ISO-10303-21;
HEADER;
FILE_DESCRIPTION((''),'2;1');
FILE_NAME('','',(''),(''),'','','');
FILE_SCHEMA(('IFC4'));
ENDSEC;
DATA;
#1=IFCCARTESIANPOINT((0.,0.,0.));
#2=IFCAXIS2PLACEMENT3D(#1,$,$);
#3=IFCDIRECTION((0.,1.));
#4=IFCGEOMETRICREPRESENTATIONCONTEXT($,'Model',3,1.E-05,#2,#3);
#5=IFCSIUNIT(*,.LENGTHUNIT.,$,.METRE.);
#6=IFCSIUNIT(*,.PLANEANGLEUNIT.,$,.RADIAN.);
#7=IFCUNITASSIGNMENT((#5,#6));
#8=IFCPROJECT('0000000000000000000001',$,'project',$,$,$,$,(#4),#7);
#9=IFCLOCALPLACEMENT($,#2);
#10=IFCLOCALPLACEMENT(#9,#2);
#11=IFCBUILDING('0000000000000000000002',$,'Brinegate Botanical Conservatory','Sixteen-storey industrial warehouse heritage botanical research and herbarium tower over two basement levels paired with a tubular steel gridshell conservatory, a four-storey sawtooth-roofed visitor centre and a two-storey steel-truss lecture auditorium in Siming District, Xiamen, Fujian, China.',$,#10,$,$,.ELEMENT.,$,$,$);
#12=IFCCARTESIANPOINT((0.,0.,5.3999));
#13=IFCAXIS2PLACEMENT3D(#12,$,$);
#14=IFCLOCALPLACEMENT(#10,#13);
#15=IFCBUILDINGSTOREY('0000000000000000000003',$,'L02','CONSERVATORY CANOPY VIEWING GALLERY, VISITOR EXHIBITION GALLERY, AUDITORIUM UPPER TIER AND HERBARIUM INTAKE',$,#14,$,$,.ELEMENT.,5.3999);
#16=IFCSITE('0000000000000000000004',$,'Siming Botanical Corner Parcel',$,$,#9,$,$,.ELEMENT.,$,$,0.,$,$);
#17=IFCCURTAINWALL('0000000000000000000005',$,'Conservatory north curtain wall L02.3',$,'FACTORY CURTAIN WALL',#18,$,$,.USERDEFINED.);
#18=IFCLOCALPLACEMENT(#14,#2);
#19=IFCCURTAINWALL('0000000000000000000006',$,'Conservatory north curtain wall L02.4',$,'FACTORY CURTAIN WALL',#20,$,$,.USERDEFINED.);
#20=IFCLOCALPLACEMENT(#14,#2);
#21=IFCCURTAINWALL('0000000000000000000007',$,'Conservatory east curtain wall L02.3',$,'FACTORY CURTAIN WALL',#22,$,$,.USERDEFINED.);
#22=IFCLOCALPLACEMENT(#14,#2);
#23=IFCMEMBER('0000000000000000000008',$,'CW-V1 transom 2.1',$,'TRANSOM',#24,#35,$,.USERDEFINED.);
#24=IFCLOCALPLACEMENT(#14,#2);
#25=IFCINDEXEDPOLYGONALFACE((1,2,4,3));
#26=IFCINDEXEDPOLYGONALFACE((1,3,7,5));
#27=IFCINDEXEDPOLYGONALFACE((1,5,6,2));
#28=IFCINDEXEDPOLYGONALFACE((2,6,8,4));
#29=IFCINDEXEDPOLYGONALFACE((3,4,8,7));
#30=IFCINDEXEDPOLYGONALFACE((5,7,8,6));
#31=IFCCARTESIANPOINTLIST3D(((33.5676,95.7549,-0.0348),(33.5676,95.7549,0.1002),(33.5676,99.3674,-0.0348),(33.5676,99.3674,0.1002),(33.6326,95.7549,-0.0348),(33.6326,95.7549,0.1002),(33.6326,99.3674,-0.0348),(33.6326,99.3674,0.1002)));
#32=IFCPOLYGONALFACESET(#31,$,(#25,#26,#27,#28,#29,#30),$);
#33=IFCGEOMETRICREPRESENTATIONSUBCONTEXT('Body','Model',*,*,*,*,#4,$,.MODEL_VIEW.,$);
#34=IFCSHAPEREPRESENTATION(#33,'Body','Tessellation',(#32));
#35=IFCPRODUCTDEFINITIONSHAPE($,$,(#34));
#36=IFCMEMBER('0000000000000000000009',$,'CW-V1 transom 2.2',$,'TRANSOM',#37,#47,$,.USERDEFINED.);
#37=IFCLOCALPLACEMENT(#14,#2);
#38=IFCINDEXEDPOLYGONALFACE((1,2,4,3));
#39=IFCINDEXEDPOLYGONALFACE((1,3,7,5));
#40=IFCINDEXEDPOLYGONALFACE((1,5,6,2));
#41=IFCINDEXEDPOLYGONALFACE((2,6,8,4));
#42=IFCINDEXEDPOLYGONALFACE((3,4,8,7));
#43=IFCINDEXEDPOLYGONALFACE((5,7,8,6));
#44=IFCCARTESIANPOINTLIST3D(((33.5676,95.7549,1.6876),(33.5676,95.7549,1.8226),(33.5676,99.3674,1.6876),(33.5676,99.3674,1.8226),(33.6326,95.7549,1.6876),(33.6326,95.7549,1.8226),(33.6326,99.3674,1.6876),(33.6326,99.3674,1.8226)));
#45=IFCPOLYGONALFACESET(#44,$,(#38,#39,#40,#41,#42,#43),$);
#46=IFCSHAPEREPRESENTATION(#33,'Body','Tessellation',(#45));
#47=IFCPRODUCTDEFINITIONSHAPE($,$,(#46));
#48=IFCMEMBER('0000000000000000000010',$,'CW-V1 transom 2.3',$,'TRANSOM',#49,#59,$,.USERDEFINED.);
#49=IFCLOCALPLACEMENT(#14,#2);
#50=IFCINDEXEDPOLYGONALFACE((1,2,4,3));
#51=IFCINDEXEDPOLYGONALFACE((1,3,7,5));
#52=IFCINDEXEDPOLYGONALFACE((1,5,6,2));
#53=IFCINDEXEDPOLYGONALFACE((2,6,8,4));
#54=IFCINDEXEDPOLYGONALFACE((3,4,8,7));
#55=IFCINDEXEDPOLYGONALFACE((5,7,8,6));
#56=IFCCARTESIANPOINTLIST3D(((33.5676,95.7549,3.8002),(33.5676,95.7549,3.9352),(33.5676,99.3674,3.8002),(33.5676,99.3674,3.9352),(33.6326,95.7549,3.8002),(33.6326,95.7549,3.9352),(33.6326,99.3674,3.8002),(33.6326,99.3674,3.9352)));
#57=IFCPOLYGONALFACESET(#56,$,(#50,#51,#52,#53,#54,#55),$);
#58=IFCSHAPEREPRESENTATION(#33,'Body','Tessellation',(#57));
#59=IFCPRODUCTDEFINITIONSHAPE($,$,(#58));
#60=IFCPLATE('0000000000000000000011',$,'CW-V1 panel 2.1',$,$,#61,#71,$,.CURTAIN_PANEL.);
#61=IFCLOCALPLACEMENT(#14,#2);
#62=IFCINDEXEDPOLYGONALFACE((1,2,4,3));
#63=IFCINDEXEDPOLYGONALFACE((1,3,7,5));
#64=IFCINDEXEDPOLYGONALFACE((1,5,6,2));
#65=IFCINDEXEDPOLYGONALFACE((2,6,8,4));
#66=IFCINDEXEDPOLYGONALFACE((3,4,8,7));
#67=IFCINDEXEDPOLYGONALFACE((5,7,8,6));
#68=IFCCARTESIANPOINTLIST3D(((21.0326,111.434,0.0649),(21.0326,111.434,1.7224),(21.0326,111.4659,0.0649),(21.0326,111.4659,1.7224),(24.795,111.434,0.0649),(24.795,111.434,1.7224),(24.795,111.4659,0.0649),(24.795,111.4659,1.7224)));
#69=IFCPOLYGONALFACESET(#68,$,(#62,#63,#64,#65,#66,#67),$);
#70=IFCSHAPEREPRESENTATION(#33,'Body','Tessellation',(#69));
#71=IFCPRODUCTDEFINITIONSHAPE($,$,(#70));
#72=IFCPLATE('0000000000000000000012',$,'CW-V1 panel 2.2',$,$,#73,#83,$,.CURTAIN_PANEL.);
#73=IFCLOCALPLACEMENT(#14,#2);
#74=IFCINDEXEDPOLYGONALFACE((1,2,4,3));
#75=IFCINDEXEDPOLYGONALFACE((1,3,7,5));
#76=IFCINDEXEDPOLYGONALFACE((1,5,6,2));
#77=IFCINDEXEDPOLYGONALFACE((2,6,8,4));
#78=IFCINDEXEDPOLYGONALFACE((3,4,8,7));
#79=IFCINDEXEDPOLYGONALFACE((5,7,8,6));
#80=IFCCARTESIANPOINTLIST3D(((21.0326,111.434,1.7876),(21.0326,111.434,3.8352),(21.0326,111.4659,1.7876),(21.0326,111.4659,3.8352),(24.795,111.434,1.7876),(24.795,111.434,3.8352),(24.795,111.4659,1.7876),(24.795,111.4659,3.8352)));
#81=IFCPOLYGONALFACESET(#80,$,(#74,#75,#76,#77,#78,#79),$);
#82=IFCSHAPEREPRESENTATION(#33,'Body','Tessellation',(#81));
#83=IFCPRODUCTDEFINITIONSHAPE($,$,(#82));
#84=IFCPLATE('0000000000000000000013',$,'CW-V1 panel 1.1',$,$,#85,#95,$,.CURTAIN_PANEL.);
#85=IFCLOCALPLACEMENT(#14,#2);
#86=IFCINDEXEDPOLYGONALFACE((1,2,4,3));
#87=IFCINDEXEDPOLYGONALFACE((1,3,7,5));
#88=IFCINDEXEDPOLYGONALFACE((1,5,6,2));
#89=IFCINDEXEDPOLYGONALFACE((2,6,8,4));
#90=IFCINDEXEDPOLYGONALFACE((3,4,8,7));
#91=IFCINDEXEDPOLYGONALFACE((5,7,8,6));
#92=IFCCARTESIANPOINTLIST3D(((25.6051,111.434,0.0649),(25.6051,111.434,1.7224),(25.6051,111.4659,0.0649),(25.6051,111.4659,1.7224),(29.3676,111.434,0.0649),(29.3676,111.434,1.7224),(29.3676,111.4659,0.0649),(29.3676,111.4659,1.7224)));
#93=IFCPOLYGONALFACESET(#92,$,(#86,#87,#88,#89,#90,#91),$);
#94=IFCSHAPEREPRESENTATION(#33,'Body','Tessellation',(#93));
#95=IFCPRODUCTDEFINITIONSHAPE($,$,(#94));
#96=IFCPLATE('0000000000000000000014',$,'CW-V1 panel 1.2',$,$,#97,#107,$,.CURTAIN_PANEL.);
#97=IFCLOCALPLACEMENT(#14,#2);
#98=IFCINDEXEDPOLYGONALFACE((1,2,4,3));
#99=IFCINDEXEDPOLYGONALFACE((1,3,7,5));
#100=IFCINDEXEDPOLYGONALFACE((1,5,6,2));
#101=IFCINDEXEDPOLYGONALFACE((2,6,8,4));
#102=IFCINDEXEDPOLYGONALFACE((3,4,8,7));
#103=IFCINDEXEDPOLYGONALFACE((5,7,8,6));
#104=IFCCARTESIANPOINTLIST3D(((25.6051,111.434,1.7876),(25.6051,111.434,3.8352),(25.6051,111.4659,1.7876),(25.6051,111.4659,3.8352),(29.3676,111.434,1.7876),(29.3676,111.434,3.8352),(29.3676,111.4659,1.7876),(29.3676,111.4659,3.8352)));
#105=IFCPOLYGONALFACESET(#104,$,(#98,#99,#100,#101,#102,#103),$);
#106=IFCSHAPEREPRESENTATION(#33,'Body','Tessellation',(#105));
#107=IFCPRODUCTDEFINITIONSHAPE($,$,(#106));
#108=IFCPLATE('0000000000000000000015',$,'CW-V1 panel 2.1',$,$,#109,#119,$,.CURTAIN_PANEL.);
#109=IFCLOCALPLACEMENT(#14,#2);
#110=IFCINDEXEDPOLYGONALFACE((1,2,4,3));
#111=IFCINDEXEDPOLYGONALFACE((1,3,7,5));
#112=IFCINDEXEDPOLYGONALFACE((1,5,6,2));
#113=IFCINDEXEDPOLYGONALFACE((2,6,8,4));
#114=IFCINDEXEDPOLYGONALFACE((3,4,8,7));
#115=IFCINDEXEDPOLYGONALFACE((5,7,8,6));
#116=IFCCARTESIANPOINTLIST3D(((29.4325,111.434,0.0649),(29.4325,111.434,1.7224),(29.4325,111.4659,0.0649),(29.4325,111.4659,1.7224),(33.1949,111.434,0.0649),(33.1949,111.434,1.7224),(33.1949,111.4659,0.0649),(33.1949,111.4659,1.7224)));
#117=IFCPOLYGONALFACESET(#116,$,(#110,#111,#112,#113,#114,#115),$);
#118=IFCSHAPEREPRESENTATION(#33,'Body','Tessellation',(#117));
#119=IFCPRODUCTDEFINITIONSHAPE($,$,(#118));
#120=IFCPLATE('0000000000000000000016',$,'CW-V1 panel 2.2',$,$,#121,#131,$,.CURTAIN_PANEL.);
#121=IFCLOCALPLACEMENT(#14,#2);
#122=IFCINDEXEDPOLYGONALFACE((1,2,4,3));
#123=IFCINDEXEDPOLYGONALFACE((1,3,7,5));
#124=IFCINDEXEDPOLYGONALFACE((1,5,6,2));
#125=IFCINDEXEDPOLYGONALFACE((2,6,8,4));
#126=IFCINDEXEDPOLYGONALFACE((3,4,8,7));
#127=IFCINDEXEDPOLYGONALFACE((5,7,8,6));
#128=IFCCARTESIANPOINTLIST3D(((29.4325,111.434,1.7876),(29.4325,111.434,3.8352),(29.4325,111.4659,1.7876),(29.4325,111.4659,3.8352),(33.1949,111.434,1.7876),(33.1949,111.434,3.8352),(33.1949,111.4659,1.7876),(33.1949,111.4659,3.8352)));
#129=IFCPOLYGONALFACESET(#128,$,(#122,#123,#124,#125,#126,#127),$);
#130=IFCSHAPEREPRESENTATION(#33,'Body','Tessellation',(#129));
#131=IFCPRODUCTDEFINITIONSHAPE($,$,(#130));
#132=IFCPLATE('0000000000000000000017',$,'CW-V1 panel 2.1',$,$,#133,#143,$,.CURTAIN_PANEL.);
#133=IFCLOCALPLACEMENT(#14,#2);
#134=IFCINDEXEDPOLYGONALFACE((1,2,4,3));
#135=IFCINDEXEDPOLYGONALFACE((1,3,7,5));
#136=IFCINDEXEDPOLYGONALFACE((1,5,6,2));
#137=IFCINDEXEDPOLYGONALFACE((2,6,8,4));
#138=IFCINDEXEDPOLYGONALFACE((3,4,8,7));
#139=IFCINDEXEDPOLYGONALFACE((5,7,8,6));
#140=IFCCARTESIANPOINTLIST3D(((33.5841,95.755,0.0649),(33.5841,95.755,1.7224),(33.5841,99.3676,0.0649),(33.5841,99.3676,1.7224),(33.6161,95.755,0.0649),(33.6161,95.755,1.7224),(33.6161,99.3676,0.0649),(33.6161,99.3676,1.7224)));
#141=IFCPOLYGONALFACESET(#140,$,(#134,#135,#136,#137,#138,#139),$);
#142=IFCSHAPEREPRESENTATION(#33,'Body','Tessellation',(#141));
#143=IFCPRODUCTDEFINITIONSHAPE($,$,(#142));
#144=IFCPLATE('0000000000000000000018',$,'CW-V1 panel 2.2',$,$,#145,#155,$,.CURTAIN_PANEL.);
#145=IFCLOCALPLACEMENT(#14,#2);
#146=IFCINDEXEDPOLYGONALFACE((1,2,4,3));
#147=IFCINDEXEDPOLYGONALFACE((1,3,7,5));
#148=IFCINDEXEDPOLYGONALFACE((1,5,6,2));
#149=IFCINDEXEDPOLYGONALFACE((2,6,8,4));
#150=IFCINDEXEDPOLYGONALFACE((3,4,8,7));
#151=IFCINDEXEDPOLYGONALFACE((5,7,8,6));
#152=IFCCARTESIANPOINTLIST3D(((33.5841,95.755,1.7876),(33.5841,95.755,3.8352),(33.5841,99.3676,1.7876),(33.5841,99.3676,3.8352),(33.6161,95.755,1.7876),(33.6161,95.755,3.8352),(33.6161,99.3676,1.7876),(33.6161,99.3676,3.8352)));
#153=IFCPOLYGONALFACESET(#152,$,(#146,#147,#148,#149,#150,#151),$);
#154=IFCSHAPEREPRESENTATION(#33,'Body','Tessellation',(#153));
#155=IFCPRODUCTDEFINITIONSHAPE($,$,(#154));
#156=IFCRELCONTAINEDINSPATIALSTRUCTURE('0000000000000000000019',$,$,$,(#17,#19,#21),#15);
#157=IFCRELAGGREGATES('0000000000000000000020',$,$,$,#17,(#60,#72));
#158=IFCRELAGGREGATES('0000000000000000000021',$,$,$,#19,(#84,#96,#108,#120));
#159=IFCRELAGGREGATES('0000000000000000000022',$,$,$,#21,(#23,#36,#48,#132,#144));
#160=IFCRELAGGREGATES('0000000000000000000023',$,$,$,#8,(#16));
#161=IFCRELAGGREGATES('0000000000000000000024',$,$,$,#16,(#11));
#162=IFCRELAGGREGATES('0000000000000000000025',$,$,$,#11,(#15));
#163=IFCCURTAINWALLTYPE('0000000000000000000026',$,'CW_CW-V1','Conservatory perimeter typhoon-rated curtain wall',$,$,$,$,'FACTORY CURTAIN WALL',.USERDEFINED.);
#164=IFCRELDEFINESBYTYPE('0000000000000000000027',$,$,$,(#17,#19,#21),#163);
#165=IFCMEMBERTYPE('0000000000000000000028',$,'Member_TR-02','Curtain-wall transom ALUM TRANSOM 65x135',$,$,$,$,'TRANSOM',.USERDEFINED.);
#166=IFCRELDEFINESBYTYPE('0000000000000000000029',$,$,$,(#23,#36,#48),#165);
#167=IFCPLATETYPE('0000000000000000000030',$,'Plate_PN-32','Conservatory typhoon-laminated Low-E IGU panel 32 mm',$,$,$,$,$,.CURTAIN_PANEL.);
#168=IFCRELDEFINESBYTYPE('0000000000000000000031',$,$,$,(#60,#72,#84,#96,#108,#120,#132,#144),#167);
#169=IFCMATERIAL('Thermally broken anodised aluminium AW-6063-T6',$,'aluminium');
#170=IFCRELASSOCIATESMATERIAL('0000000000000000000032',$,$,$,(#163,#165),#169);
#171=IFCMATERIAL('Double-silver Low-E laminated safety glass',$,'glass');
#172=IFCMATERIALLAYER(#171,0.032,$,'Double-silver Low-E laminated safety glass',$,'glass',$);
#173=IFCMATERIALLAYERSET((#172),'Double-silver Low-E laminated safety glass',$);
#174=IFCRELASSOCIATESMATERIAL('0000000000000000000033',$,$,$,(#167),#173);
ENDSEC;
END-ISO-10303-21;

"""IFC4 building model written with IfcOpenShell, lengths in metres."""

from ifc_helpers import new_model, si_unit, direction, frame, origin, origin_2d, place, context, subcontext, project, spatial, rectangle, extrude, material, layer, layer_set, material_profile, profile_set, type_object, element, aggregate, save


model = new_model("IFC4")

# Units and contexts
model_context = context("Model", 3, precision=1e-05, world=origin(), true_north=direction((0.0, 1.0)))
body_context = subcontext(model_context, "Body", "Model", "MODEL_VIEW")
ifc_project = project(units=[si_unit("LENGTHUNIT", "METRE"), si_unit("PLANEANGLEUNIT", "RADIAN")], contexts=[model_context])

# Site, building, storey
site_placement = place(None, origin())
site = spatial("IfcSite", under=ifc_project, at=site_placement, Name="Siming Botanical Corner Parcel", CompositionType="ELEMENT", RefElevation=0.0)
building_placement = place(site_placement, origin())
building = spatial("IfcBuilding", under=site, at=building_placement, Name="Brinegate Botanical Conservatory", Description="Sixteen-storey industrial warehouse heritage botanical research and herbarium tower over two basement levels paired with a tubular steel gridshell conservatory, a four-storey sawtooth-roofed visitor centre and a two-storey steel-truss lecture auditorium in Siming District, Xiamen, Fujian, China.", CompositionType="ELEMENT")
storey_placement = place(building_placement, frame((0.0, 0.0, 5.3999)))
storey = spatial("IfcBuildingStorey", under=building, at=storey_placement, Name="L02", Description="CONSERVATORY CANOPY VIEWING GALLERY, VISITOR EXHIBITION GALLERY, AUDITORIUM UPPER TIER AND HERBARIUM INTAKE", CompositionType="ELEMENT", Elevation=5.3999)

# Curtain wall
ifc_material_1 = material(Name="Thermally broken anodised aluminium AW-6063-T6", Category="aluminium")
curtain_wall_type = type_object("IfcCurtainWallType", Name="CW_CW-V1", Description="Conservatory perimeter typhoon-rated curtain wall", ElementType="FACTORY CURTAIN WALL", PredefinedType="USERDEFINED", material=ifc_material_1)
curtain_wall_1_placement = place(storey_placement, origin())
curtain_wall_1 = element("IfcCurtainWall", 1, at=curtain_wall_1_placement, inside=storey, type_object=curtain_wall_type, Name="Conservatory north curtain wall L02.3", ObjectType="FACTORY CURTAIN WALL", PredefinedType="USERDEFINED")

# Curtain walls
curtain_wall_2_placement = place(storey_placement, origin())
curtain_wall_2 = element("IfcCurtainWall", 2, at=curtain_wall_2_placement, inside=storey, type_object=curtain_wall_type, Name="Conservatory north curtain wall L02.4", ObjectType="FACTORY CURTAIN WALL", PredefinedType="USERDEFINED")
curtain_wall_3_placement = place(storey_placement, origin())
curtain_wall_3 = element("IfcCurtainWall", 3, at=curtain_wall_3_placement, inside=storey, type_object=curtain_wall_type, Name="Conservatory east curtain wall L02.3", ObjectType="FACTORY CURTAIN WALL", PredefinedType="USERDEFINED")

# Members
ifc_material_profile_1 = material_profile(ifc_material_1, rectangle(XDim=0.0649, YDim=0.135, at=origin_2d()), Name="ALUM TRANSOM 65x135")
ifc_profile_set_1 = profile_set([ifc_material_profile_1], Name="Thermally broken anodised aluminium AW-6063-T6")
member_type_1 = type_object("IfcMemberType", Name="Member_TR-02", Description="Curtain-wall transom ALUM TRANSOM 65x135", ElementType="TRANSOM", PredefinedType="USERDEFINED", material=ifc_profile_set_1)
member_1_placement = place(storey_placement, frame((33.6001, 99.3674, 0.0327), z_axis=(0.0, -1.0, 0.0), x_axis=(1.0, 0.0, 0.0)))
member_1 = element("IfcMember", 4, at=member_1_placement, type_object=member_type_1, Name="CW-V1 transom 2.1", ObjectType="TRANSOM", PredefinedType="USERDEFINED", context=body_context, shape_type="SweptSolid", body=[
    extrude(rectangle(XDim=0.0649, YDim=0.135, at=origin_2d()), origin(), (0.0, 0.0, 1.0), 3.6125),
])
member_2_placement = place(storey_placement, frame((33.6001, 99.3674, 1.7551), z_axis=(0.0, -1.0, 0.0), x_axis=(1.0, 0.0, 0.0)))
member_2 = element("IfcMember", 5, at=member_2_placement, type_object=member_type_1, Name="CW-V1 transom 2.2", ObjectType="TRANSOM", PredefinedType="USERDEFINED", context=body_context, shape_type="SweptSolid", body=[
    extrude(rectangle(XDim=0.0649, YDim=0.135, at=origin_2d()), origin(), (0.0, 0.0, 1.0), 3.6125),
])
member_3_placement = place(storey_placement, frame((33.6001, 99.3674, 3.8677), z_axis=(0.0, -1.0, 0.0), x_axis=(1.0, 0.0, 0.0)))
member_3 = element("IfcMember", 6, at=member_3_placement, type_object=member_type_1, Name="CW-V1 transom 2.3", ObjectType="TRANSOM", PredefinedType="USERDEFINED", context=body_context, shape_type="SweptSolid", body=[
    extrude(rectangle(XDim=0.0649, YDim=0.135, at=origin_2d()), origin(), (0.0, 0.0, 1.0), 3.6125),
])

# Plates
ifc_material_2 = material(Name="Double-silver Low-E laminated safety glass", Category="glass")
ifc_layer = layer(ifc_material_2, 0.032, Name="Double-silver Low-E laminated safety glass", Category="glass")
ifc_layer_set = layer_set([ifc_layer], Name="Double-silver Low-E laminated safety glass")
plate_type = type_object("IfcPlateType", Name="Plate_PN-32", Description="Conservatory typhoon-laminated Low-E IGU panel 32 mm", PredefinedType="CURTAIN_PANEL", material=ifc_layer_set)
plate_1_placement = place(storey_placement, frame((22.9138, 111.45, 0.0649), z_axis=(0.0, 0.0, 1.0), x_axis=(1.0, 0.0, 0.0)))
plate_1 = element("IfcPlate", 7, at=plate_1_placement, type_object=plate_type, Name="CW-V1 panel 2.1", PredefinedType="CURTAIN_PANEL", context=body_context, shape_type="SweptSolid", body=[
    extrude(rectangle(XDim=3.7625, YDim=0.032, at=origin_2d()), origin(), (0.0, 0.0, 1.0), 1.6575),
])
plate_2_placement = place(storey_placement, frame((22.9138, 111.45, 1.7876), z_axis=(0.0, 0.0, 1.0), x_axis=(1.0, 0.0, 0.0)))
plate_2 = element("IfcPlate", 8, at=plate_2_placement, type_object=plate_type, Name="CW-V1 panel 2.2", PredefinedType="CURTAIN_PANEL", context=body_context, shape_type="SweptSolid", body=[
    extrude(rectangle(XDim=3.7625, YDim=0.032, at=origin_2d()), origin(), (0.0, 0.0, 1.0), 2.0476),
])
aggregate(curtain_wall_1, [plate_1, plate_2])
plate_3_placement = place(storey_placement, frame((27.4863, 111.45, 0.0649), z_axis=(0.0, 0.0, 1.0), x_axis=(1.0, 0.0, 0.0)))
plate_3 = element("IfcPlate", 9, at=plate_3_placement, type_object=plate_type, Name="CW-V1 panel 1.1", PredefinedType="CURTAIN_PANEL", context=body_context, shape_type="SweptSolid", body=[
    extrude(rectangle(XDim=3.7625, YDim=0.032, at=origin_2d()), origin(), (0.0, 0.0, 1.0), 1.6575),
])
plate_4_placement = place(storey_placement, frame((27.4863, 111.45, 1.7876), z_axis=(0.0, 0.0, 1.0), x_axis=(1.0, 0.0, 0.0)))
plate_4 = element("IfcPlate", 10, at=plate_4_placement, type_object=plate_type, Name="CW-V1 panel 1.2", PredefinedType="CURTAIN_PANEL", context=body_context, shape_type="SweptSolid", body=[
    extrude(rectangle(XDim=3.7625, YDim=0.032, at=origin_2d()), origin(), (0.0, 0.0, 1.0), 2.0476),
])
plate_5_placement = place(storey_placement, frame((31.3137, 111.45, 0.0649), z_axis=(0.0, 0.0, 1.0), x_axis=(1.0, 0.0, 0.0)))
plate_5 = element("IfcPlate", 11, at=plate_5_placement, type_object=plate_type, Name="CW-V1 panel 2.1", PredefinedType="CURTAIN_PANEL", context=body_context, shape_type="SweptSolid", body=[
    extrude(rectangle(XDim=3.7625, YDim=0.032, at=origin_2d()), origin(), (0.0, 0.0, 1.0), 1.6575),
])
plate_6_placement = place(storey_placement, frame((31.3137, 111.45, 1.7876), z_axis=(0.0, 0.0, 1.0), x_axis=(1.0, 0.0, 0.0)))
plate_6 = element("IfcPlate", 12, at=plate_6_placement, type_object=plate_type, Name="CW-V1 panel 2.2", PredefinedType="CURTAIN_PANEL", context=body_context, shape_type="SweptSolid", body=[
    extrude(rectangle(XDim=3.7625, YDim=0.032, at=origin_2d()), origin(), (0.0, 0.0, 1.0), 2.0476),
])
aggregate(curtain_wall_2, [plate_3, plate_4, plate_5, plate_6])
plate_7_placement = place(storey_placement, frame((33.6001, 97.5613, 0.0649), z_axis=(0.0, 0.0, 1.0), x_axis=(0.0, -1.0, 0.0)))
plate_7 = element("IfcPlate", 13, at=plate_7_placement, type_object=plate_type, Name="CW-V1 panel 2.1", PredefinedType="CURTAIN_PANEL", context=body_context, shape_type="SweptSolid", body=[
    extrude(rectangle(XDim=3.6125, YDim=0.032, at=origin_2d()), origin(), (0.0, 0.0, 1.0), 1.6575),
])
plate_8_placement = place(storey_placement, frame((33.6001, 97.5613, 1.7876), z_axis=(0.0, 0.0, 1.0), x_axis=(0.0, -1.0, 0.0)))
plate_8 = element("IfcPlate", 14, at=plate_8_placement, type_object=plate_type, Name="CW-V1 panel 2.2", PredefinedType="CURTAIN_PANEL", context=body_context, shape_type="SweptSolid", body=[
    extrude(rectangle(XDim=3.6125, YDim=0.032, at=origin_2d()), origin(), (0.0, 0.0, 1.0), 2.0476),
])
aggregate(curtain_wall_3, [member_1, member_2, member_3, plate_7, plate_8])

save(model, "model.ifc")
